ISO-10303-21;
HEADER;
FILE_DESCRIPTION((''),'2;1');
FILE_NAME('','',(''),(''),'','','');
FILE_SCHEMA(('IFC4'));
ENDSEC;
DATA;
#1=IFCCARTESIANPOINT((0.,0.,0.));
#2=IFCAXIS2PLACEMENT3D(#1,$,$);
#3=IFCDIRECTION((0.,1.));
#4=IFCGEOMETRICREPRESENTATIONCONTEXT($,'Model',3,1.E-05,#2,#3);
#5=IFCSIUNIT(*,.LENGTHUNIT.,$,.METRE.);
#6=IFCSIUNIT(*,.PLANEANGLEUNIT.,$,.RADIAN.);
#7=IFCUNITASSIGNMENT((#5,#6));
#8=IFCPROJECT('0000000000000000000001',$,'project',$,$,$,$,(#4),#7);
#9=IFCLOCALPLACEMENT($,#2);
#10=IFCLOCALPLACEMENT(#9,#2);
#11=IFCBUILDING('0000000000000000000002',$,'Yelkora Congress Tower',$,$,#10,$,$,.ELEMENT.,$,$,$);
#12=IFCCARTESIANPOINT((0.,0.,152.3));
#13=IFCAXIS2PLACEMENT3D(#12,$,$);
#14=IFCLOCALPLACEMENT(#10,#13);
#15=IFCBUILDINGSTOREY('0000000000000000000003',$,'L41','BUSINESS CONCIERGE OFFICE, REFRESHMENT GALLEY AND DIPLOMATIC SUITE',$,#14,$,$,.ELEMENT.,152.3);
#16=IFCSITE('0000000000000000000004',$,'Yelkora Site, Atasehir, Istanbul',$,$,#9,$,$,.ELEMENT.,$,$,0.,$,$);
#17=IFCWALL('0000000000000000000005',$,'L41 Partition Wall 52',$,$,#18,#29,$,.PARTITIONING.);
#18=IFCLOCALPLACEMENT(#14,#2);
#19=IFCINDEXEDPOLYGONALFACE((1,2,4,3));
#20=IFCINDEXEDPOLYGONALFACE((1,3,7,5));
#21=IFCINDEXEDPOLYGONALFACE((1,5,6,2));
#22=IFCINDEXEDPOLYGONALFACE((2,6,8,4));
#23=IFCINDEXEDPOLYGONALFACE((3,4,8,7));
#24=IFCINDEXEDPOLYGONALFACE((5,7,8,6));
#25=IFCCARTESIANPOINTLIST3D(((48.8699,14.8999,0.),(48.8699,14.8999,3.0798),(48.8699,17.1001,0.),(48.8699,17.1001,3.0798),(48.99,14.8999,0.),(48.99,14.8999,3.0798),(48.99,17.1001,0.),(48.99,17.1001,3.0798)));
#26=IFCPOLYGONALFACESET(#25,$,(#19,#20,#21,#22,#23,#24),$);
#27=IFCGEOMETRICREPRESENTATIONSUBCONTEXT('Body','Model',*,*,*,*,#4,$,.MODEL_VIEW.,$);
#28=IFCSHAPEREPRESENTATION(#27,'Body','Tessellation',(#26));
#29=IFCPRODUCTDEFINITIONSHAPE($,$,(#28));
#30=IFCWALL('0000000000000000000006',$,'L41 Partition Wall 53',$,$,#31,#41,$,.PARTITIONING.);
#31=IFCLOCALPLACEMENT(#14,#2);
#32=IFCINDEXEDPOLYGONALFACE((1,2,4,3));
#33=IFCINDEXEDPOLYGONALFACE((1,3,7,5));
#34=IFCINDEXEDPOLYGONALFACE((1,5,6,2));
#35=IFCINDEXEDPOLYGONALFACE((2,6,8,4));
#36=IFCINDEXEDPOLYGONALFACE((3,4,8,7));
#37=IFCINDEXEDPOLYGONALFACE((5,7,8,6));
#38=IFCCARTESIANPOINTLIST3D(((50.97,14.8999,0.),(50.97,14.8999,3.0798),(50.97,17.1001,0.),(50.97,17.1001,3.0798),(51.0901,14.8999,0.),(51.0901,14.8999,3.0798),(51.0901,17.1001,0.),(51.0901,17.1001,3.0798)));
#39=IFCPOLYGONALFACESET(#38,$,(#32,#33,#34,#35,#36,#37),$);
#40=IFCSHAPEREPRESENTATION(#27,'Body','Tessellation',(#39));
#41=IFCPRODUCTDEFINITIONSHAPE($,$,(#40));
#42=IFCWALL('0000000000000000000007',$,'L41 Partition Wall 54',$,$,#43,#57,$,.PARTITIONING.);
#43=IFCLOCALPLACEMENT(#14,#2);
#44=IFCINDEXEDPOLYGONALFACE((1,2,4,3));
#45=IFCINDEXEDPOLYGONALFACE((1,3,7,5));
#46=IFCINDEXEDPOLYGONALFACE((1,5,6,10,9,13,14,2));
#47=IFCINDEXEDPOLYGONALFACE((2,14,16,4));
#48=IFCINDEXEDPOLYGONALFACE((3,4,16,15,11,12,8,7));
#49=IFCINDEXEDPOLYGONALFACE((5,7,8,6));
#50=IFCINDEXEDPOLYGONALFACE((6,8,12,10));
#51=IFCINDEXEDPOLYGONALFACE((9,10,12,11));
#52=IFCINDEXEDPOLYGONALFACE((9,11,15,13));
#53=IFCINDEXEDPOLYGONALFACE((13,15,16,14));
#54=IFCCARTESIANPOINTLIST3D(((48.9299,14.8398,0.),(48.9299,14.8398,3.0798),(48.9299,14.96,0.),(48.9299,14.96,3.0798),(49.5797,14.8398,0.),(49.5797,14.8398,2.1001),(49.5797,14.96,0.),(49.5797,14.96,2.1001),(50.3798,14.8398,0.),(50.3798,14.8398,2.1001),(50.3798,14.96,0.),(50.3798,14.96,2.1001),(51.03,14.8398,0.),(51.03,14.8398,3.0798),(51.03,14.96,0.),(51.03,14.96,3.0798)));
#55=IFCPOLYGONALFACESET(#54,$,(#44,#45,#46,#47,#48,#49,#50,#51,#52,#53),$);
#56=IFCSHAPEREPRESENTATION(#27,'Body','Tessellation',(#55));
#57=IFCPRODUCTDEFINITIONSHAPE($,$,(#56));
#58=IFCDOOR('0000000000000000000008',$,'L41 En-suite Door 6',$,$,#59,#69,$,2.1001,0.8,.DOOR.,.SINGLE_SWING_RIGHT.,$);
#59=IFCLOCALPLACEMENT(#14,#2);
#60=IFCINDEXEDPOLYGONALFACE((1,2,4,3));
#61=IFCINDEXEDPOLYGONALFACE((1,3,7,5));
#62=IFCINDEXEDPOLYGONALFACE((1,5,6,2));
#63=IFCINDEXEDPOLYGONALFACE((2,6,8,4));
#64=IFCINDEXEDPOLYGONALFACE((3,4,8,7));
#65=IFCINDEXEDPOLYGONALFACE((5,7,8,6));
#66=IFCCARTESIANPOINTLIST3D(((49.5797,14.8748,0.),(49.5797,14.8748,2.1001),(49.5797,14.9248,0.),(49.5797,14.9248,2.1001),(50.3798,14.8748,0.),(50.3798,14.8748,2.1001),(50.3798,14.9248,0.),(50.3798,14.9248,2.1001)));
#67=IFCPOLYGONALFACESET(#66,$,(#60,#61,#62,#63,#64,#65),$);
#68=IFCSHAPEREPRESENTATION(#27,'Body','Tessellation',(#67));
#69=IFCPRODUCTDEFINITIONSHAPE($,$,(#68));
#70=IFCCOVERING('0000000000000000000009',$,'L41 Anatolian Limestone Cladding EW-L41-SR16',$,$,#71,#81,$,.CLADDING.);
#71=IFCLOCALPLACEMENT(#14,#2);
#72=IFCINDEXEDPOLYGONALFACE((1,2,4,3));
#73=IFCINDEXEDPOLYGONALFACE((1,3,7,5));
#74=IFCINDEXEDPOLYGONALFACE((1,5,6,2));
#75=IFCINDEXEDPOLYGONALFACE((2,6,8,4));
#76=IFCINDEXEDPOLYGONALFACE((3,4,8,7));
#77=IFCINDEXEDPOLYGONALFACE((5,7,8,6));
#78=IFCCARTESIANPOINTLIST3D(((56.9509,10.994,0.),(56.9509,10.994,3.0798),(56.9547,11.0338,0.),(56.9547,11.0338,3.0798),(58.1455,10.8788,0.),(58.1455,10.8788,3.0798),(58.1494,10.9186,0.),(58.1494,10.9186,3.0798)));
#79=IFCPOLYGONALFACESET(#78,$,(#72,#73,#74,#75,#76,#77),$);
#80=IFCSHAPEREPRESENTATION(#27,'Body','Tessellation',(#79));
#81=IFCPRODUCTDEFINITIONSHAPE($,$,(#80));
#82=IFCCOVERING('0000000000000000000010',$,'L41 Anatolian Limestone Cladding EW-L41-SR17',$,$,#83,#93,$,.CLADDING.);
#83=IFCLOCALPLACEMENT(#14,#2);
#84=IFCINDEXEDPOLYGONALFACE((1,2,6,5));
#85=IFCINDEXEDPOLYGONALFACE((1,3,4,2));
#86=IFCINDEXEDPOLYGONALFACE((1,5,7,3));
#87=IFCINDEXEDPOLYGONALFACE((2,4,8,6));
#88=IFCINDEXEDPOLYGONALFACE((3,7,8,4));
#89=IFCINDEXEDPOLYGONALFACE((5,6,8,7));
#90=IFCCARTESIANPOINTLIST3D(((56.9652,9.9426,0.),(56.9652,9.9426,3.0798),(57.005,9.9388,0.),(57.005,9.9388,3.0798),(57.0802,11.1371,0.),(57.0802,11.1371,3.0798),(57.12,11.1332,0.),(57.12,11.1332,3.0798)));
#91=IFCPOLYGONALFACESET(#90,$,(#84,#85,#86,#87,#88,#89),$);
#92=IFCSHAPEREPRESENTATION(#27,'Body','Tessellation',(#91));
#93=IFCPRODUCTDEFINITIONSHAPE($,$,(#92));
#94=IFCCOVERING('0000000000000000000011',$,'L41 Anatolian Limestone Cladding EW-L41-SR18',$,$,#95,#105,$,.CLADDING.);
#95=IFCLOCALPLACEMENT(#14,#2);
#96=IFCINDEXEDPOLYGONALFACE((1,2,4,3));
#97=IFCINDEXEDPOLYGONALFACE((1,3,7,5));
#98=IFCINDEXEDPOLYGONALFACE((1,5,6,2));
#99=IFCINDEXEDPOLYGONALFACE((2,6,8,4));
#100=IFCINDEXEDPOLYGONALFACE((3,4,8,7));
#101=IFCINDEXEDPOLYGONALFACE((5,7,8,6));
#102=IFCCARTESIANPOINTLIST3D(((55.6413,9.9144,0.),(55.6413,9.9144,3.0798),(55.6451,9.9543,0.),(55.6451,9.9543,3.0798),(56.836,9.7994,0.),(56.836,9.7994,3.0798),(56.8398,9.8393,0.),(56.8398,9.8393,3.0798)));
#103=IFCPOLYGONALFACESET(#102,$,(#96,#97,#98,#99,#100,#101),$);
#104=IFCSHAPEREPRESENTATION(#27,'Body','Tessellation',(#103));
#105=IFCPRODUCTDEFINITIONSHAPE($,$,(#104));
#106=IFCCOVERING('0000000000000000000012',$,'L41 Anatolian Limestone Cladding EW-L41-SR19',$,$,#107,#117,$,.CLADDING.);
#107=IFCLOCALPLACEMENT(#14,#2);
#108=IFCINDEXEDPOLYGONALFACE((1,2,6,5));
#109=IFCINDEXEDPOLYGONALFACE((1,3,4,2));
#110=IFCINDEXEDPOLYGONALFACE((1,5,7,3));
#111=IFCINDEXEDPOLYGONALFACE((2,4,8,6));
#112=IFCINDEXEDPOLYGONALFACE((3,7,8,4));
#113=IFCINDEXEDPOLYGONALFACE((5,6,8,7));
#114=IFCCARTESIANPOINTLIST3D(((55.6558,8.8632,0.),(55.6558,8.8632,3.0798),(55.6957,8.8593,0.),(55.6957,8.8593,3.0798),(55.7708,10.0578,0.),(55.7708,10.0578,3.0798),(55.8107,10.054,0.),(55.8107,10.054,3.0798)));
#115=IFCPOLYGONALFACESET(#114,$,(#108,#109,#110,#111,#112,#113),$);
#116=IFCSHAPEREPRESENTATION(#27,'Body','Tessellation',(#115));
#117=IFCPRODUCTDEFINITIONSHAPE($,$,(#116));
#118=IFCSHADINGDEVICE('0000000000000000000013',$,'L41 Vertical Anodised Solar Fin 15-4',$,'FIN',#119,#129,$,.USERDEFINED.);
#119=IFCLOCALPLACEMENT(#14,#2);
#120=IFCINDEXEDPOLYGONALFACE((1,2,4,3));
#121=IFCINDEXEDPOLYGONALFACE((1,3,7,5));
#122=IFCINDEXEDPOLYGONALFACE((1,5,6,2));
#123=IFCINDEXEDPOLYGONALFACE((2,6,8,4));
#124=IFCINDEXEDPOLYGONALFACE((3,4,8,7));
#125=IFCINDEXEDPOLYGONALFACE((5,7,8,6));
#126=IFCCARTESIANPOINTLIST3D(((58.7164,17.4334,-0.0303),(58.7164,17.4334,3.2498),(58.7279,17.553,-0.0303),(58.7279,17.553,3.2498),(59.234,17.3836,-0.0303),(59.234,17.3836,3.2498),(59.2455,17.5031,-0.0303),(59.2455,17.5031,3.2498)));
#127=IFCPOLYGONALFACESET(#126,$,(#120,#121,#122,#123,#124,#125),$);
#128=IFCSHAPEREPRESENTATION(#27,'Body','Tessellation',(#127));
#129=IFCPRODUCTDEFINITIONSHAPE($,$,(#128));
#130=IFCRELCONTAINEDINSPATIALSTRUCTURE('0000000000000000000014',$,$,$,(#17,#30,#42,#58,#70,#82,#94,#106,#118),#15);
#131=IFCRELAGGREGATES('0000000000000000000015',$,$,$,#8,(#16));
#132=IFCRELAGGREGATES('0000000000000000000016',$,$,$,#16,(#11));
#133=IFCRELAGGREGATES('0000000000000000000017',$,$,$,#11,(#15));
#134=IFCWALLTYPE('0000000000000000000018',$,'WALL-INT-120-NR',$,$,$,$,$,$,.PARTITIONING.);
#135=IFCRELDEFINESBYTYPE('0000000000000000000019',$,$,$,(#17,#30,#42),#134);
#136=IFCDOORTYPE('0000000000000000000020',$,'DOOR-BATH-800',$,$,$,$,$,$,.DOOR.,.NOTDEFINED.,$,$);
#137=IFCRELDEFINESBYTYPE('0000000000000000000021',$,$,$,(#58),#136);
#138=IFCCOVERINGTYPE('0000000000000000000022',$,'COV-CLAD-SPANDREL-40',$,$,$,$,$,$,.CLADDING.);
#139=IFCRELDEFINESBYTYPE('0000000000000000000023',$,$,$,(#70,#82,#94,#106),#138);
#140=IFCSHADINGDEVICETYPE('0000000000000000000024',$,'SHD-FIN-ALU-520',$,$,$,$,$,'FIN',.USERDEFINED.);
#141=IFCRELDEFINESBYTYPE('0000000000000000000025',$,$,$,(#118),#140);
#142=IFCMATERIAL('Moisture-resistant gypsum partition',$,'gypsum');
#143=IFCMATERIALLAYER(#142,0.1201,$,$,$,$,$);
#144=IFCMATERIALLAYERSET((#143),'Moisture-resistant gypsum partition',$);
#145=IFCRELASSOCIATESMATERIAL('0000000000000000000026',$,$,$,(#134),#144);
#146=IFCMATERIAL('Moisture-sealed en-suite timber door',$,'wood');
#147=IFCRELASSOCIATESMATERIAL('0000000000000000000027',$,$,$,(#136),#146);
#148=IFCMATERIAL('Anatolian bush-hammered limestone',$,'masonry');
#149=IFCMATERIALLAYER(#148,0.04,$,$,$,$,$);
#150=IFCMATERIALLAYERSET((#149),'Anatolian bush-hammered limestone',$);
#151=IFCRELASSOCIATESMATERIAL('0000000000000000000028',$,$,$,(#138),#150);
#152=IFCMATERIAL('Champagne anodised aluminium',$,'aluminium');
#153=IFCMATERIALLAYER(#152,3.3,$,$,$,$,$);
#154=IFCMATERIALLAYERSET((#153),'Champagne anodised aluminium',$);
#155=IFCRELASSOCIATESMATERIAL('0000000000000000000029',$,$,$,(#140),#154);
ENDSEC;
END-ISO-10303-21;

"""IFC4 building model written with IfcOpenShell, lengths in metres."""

from ifc_helpers import new_model, si_unit, direction, frame, frame_2d, origin, origin_2d, place, context, subcontext, project, spatial, rectangle, extrude, material, layer, layer_set, type_object, element, fill, save


model = new_model("IFC4")

# Units and contexts
model_context = context("Model", 3, precision=1e-05, world=origin(), true_north=direction((0.0, 1.0)))
body_context = subcontext(model_context, "Body", "Model", "MODEL_VIEW")
ifc_project = project(units=[si_unit("LENGTHUNIT", "METRE"), si_unit("PLANEANGLEUNIT", "RADIAN")], contexts=[model_context])

# Site, building, storey
site_placement = place(None, origin())
site = spatial("IfcSite", under=ifc_project, at=site_placement, Name="Yelkora Site, Atasehir, Istanbul", CompositionType="ELEMENT", RefElevation=0.0)
building_placement = place(site_placement, origin())
building = spatial("IfcBuilding", under=site, at=building_placement, Name="Yelkora Congress Tower", CompositionType="ELEMENT")
storey_placement = place(building_placement, frame((0.0, 0.0, 152.3)))
storey = spatial("IfcBuildingStorey", under=building, at=storey_placement, Name="L41", Description="BUSINESS CONCIERGE OFFICE, REFRESHMENT GALLEY AND DIPLOMATIC SUITE", CompositionType="ELEMENT", Elevation=152.3)

# Walls
ifc_material_1 = material(Name="Moisture-resistant gypsum partition", Category="gypsum")
ifc_layer_1 = layer(ifc_material_1, 0.1201)
ifc_layer_set_1 = layer_set([ifc_layer_1], Name="Moisture-resistant gypsum partition")
wall_type_1 = type_object("IfcWallType", Name="WALL-INT-120-NR", PredefinedType="PARTITIONING", material=ifc_layer_set_1)
for number, where, z_axis, x_axis, name in (
    (1, (48.9299, 14.8999, 0.0), (0.0, 0.0, 1.0), (0.0, 1.0, 0.0), "L41 Partition Wall 52"),
    (2, (51.03, 14.8999, 0.0), (0.0, 0.0, 1.0), (0.0, 1.0, 0.0), "L41 Partition Wall 53"),
):
    element("IfcWall", number, at=place(storey_placement, frame(where, z_axis=z_axis, x_axis=x_axis)), inside=storey, type_object=wall_type_1, Name=name, PredefinedType="PARTITIONING", context=body_context, shape_type="SweptSolid", body=[
        extrude(rectangle(XDim=2.2002, YDim=0.1201, at=frame_2d((1.1001, 0.0))), origin(), (0.0, 0.0, 1.0), 3.0798),
    ])

# Wall, opening, door
wall_1_placement = place(storey_placement, frame((48.9299, 14.8999, 0.0), z_axis=(0.0, 0.0, 1.0), x_axis=(1.0, 0.0, 0.0)))
wall_1 = element("IfcWall", 3, at=wall_1_placement, inside=storey, type_object=wall_type_1, Name="L41 Partition Wall 54", PredefinedType="PARTITIONING", context=body_context, shape_type="SweptSolid", body=[
    extrude(rectangle(XDim=2.1001, YDim=0.1201, at=frame_2d((1.05, 0.0))), origin(), (0.0, 0.0, 1.0), 3.0798),
])
opening_placement = place(wall_1_placement, frame((0.6499, 0.0, 0.0)))
opening = element("IfcOpeningElement", 4, at=opening_placement, cuts=wall_1, PredefinedType="OPENING", context=body_context, shape_type="SweptSolid", body=[
    extrude(rectangle(XDim=0.8, YDim=2.1001, at=frame_2d((0.3999, 1.05))), frame((0.0, 0.0701, 0.0), z_axis=(0.0, -1.0, 0.0), x_axis=(1.0, 0.0, 0.0)), (0.0, 0.0, 1.0), 0.1401),
])
ifc_material_2 = material(Name="Moisture-sealed en-suite timber door", Category="wood")
door_type = type_object("IfcDoorType", Name="DOOR-BATH-800", OperationType="NOTDEFINED", PredefinedType="DOOR", material=ifc_material_2)
door_placement = place(opening_placement, origin())
door = element("IfcDoor", 5, at=door_placement, inside=storey, type_object=door_type, Name="L41 En-suite Door 6", OperationType="SINGLE_SWING_RIGHT", OverallHeight=2.1001, OverallWidth=0.8, PredefinedType="DOOR", context=body_context, shape_type="SweptSolid", body=[
    extrude(rectangle(XDim=0.8, YDim=2.1001, at=frame_2d((0.3999, 1.05))), frame((0.0, 0.0249, 0.0), z_axis=(0.0, -1.0, 0.0), x_axis=(1.0, 0.0, 0.0)), (0.0, 0.0, 1.0), 0.05),
])
fill(opening, door)

# Coverings
ifc_material_3 = material(Name="Anatolian bush-hammered limestone", Category="masonry")
ifc_layer_2 = layer(ifc_material_3, 0.04)
ifc_layer_set_2 = layer_set([ifc_layer_2], Name="Anatolian bush-hammered limestone")
covering_type = type_object("IfcCoveringType", Name="COV-CLAD-SPANDREL-40", PredefinedType="CLADDING", material=ifc_layer_set_2)
covering_1_placement = place(storey_placement, frame((58.1475, 10.8987, 0.0), z_axis=(0.0, 0.0, 1.0), x_axis=(-0.99538, 0.096019, 0.0)))
element("IfcCovering", 6, at=covering_1_placement, inside=storey, type_object=covering_type, Name="L41 Anatolian Limestone Cladding EW-L41-SR16", PredefinedType="CLADDING", context=body_context, shape_type="SweptSolid", body=[
    extrude(rectangle(XDim=1.2002, YDim=0.04, at=frame_2d((0.6001, 0.0))), origin(), (0.0, 0.0, 1.0), 3.0798),
])
covering_2_placement = place(storey_placement, frame((57.1001, 11.1353, 0.0), z_axis=(0.0, 0.0, 1.0), x_axis=(-0.095836, -0.995397, 0.0)))
element("IfcCovering", 7, at=covering_2_placement, inside=storey, type_object=covering_type, Name="L41 Anatolian Limestone Cladding EW-L41-SR17", PredefinedType="CLADDING", context=body_context, shape_type="SweptSolid", body=[
    extrude(rectangle(XDim=1.2, YDim=0.04, at=frame_2d((0.6001, 0.0))), origin(), (0.0, 0.0, 1.0), 3.0798),
])
for number, where, z_axis, x_axis, name in (
    (8, (56.8379, 9.8193, 0.0), (0.0, 0.0, 1.0), (-0.995399, 0.095817, 0.0), "L41 Anatolian Limestone Cladding EW-L41-SR18"),
    (9, (55.7908, 10.0559, 0.0), (0.0, 0.0, 1.0), (-0.095817, -0.995399, 0.0), "L41 Anatolian Limestone Cladding EW-L41-SR19"),
):
    element("IfcCovering", number, at=place(storey_placement, frame(where, z_axis=z_axis, x_axis=x_axis)), inside=storey, type_object=covering_type, Name=name, PredefinedType="CLADDING", context=body_context, shape_type="SweptSolid", body=[
        extrude(rectangle(XDim=1.2002, YDim=0.04, at=frame_2d((0.6001, 0.0))), origin(), (0.0, 0.0, 1.0), 3.0798),
    ])

# Shading device
ifc_material_4 = material(Name="Champagne anodised aluminium", Category="aluminium")
ifc_layer_3 = layer(ifc_material_4, 3.3)
ifc_layer_set_3 = layer_set([ifc_layer_3], Name="Champagne anodised aluminium")
shading_device_type = type_object("IfcShadingDeviceType", Name="SHD-FIN-ALU-520", ElementType="FIN", PredefinedType="USERDEFINED", material=ifc_layer_set_3)
shading_device_placement = place(storey_placement, frame((58.981, 17.4683, -0.0303), z_axis=(0.0, 0.0, 1.0), x_axis=(-0.095846, -0.995396, 0.0)))
element("IfcShadingDevice", 10, at=shading_device_placement, inside=storey, type_object=shading_device_type, Name="L41 Vertical Anodised Solar Fin 15-4", ObjectType="FIN", PredefinedType="USERDEFINED", context=body_context, shape_type="SweptSolid", body=[
    extrude(rectangle(XDim=0.1201, YDim=0.52, at=origin_2d()), origin(), (0.0, 0.0, 1.0), 3.28),
])

save(model, "model.ifc")
